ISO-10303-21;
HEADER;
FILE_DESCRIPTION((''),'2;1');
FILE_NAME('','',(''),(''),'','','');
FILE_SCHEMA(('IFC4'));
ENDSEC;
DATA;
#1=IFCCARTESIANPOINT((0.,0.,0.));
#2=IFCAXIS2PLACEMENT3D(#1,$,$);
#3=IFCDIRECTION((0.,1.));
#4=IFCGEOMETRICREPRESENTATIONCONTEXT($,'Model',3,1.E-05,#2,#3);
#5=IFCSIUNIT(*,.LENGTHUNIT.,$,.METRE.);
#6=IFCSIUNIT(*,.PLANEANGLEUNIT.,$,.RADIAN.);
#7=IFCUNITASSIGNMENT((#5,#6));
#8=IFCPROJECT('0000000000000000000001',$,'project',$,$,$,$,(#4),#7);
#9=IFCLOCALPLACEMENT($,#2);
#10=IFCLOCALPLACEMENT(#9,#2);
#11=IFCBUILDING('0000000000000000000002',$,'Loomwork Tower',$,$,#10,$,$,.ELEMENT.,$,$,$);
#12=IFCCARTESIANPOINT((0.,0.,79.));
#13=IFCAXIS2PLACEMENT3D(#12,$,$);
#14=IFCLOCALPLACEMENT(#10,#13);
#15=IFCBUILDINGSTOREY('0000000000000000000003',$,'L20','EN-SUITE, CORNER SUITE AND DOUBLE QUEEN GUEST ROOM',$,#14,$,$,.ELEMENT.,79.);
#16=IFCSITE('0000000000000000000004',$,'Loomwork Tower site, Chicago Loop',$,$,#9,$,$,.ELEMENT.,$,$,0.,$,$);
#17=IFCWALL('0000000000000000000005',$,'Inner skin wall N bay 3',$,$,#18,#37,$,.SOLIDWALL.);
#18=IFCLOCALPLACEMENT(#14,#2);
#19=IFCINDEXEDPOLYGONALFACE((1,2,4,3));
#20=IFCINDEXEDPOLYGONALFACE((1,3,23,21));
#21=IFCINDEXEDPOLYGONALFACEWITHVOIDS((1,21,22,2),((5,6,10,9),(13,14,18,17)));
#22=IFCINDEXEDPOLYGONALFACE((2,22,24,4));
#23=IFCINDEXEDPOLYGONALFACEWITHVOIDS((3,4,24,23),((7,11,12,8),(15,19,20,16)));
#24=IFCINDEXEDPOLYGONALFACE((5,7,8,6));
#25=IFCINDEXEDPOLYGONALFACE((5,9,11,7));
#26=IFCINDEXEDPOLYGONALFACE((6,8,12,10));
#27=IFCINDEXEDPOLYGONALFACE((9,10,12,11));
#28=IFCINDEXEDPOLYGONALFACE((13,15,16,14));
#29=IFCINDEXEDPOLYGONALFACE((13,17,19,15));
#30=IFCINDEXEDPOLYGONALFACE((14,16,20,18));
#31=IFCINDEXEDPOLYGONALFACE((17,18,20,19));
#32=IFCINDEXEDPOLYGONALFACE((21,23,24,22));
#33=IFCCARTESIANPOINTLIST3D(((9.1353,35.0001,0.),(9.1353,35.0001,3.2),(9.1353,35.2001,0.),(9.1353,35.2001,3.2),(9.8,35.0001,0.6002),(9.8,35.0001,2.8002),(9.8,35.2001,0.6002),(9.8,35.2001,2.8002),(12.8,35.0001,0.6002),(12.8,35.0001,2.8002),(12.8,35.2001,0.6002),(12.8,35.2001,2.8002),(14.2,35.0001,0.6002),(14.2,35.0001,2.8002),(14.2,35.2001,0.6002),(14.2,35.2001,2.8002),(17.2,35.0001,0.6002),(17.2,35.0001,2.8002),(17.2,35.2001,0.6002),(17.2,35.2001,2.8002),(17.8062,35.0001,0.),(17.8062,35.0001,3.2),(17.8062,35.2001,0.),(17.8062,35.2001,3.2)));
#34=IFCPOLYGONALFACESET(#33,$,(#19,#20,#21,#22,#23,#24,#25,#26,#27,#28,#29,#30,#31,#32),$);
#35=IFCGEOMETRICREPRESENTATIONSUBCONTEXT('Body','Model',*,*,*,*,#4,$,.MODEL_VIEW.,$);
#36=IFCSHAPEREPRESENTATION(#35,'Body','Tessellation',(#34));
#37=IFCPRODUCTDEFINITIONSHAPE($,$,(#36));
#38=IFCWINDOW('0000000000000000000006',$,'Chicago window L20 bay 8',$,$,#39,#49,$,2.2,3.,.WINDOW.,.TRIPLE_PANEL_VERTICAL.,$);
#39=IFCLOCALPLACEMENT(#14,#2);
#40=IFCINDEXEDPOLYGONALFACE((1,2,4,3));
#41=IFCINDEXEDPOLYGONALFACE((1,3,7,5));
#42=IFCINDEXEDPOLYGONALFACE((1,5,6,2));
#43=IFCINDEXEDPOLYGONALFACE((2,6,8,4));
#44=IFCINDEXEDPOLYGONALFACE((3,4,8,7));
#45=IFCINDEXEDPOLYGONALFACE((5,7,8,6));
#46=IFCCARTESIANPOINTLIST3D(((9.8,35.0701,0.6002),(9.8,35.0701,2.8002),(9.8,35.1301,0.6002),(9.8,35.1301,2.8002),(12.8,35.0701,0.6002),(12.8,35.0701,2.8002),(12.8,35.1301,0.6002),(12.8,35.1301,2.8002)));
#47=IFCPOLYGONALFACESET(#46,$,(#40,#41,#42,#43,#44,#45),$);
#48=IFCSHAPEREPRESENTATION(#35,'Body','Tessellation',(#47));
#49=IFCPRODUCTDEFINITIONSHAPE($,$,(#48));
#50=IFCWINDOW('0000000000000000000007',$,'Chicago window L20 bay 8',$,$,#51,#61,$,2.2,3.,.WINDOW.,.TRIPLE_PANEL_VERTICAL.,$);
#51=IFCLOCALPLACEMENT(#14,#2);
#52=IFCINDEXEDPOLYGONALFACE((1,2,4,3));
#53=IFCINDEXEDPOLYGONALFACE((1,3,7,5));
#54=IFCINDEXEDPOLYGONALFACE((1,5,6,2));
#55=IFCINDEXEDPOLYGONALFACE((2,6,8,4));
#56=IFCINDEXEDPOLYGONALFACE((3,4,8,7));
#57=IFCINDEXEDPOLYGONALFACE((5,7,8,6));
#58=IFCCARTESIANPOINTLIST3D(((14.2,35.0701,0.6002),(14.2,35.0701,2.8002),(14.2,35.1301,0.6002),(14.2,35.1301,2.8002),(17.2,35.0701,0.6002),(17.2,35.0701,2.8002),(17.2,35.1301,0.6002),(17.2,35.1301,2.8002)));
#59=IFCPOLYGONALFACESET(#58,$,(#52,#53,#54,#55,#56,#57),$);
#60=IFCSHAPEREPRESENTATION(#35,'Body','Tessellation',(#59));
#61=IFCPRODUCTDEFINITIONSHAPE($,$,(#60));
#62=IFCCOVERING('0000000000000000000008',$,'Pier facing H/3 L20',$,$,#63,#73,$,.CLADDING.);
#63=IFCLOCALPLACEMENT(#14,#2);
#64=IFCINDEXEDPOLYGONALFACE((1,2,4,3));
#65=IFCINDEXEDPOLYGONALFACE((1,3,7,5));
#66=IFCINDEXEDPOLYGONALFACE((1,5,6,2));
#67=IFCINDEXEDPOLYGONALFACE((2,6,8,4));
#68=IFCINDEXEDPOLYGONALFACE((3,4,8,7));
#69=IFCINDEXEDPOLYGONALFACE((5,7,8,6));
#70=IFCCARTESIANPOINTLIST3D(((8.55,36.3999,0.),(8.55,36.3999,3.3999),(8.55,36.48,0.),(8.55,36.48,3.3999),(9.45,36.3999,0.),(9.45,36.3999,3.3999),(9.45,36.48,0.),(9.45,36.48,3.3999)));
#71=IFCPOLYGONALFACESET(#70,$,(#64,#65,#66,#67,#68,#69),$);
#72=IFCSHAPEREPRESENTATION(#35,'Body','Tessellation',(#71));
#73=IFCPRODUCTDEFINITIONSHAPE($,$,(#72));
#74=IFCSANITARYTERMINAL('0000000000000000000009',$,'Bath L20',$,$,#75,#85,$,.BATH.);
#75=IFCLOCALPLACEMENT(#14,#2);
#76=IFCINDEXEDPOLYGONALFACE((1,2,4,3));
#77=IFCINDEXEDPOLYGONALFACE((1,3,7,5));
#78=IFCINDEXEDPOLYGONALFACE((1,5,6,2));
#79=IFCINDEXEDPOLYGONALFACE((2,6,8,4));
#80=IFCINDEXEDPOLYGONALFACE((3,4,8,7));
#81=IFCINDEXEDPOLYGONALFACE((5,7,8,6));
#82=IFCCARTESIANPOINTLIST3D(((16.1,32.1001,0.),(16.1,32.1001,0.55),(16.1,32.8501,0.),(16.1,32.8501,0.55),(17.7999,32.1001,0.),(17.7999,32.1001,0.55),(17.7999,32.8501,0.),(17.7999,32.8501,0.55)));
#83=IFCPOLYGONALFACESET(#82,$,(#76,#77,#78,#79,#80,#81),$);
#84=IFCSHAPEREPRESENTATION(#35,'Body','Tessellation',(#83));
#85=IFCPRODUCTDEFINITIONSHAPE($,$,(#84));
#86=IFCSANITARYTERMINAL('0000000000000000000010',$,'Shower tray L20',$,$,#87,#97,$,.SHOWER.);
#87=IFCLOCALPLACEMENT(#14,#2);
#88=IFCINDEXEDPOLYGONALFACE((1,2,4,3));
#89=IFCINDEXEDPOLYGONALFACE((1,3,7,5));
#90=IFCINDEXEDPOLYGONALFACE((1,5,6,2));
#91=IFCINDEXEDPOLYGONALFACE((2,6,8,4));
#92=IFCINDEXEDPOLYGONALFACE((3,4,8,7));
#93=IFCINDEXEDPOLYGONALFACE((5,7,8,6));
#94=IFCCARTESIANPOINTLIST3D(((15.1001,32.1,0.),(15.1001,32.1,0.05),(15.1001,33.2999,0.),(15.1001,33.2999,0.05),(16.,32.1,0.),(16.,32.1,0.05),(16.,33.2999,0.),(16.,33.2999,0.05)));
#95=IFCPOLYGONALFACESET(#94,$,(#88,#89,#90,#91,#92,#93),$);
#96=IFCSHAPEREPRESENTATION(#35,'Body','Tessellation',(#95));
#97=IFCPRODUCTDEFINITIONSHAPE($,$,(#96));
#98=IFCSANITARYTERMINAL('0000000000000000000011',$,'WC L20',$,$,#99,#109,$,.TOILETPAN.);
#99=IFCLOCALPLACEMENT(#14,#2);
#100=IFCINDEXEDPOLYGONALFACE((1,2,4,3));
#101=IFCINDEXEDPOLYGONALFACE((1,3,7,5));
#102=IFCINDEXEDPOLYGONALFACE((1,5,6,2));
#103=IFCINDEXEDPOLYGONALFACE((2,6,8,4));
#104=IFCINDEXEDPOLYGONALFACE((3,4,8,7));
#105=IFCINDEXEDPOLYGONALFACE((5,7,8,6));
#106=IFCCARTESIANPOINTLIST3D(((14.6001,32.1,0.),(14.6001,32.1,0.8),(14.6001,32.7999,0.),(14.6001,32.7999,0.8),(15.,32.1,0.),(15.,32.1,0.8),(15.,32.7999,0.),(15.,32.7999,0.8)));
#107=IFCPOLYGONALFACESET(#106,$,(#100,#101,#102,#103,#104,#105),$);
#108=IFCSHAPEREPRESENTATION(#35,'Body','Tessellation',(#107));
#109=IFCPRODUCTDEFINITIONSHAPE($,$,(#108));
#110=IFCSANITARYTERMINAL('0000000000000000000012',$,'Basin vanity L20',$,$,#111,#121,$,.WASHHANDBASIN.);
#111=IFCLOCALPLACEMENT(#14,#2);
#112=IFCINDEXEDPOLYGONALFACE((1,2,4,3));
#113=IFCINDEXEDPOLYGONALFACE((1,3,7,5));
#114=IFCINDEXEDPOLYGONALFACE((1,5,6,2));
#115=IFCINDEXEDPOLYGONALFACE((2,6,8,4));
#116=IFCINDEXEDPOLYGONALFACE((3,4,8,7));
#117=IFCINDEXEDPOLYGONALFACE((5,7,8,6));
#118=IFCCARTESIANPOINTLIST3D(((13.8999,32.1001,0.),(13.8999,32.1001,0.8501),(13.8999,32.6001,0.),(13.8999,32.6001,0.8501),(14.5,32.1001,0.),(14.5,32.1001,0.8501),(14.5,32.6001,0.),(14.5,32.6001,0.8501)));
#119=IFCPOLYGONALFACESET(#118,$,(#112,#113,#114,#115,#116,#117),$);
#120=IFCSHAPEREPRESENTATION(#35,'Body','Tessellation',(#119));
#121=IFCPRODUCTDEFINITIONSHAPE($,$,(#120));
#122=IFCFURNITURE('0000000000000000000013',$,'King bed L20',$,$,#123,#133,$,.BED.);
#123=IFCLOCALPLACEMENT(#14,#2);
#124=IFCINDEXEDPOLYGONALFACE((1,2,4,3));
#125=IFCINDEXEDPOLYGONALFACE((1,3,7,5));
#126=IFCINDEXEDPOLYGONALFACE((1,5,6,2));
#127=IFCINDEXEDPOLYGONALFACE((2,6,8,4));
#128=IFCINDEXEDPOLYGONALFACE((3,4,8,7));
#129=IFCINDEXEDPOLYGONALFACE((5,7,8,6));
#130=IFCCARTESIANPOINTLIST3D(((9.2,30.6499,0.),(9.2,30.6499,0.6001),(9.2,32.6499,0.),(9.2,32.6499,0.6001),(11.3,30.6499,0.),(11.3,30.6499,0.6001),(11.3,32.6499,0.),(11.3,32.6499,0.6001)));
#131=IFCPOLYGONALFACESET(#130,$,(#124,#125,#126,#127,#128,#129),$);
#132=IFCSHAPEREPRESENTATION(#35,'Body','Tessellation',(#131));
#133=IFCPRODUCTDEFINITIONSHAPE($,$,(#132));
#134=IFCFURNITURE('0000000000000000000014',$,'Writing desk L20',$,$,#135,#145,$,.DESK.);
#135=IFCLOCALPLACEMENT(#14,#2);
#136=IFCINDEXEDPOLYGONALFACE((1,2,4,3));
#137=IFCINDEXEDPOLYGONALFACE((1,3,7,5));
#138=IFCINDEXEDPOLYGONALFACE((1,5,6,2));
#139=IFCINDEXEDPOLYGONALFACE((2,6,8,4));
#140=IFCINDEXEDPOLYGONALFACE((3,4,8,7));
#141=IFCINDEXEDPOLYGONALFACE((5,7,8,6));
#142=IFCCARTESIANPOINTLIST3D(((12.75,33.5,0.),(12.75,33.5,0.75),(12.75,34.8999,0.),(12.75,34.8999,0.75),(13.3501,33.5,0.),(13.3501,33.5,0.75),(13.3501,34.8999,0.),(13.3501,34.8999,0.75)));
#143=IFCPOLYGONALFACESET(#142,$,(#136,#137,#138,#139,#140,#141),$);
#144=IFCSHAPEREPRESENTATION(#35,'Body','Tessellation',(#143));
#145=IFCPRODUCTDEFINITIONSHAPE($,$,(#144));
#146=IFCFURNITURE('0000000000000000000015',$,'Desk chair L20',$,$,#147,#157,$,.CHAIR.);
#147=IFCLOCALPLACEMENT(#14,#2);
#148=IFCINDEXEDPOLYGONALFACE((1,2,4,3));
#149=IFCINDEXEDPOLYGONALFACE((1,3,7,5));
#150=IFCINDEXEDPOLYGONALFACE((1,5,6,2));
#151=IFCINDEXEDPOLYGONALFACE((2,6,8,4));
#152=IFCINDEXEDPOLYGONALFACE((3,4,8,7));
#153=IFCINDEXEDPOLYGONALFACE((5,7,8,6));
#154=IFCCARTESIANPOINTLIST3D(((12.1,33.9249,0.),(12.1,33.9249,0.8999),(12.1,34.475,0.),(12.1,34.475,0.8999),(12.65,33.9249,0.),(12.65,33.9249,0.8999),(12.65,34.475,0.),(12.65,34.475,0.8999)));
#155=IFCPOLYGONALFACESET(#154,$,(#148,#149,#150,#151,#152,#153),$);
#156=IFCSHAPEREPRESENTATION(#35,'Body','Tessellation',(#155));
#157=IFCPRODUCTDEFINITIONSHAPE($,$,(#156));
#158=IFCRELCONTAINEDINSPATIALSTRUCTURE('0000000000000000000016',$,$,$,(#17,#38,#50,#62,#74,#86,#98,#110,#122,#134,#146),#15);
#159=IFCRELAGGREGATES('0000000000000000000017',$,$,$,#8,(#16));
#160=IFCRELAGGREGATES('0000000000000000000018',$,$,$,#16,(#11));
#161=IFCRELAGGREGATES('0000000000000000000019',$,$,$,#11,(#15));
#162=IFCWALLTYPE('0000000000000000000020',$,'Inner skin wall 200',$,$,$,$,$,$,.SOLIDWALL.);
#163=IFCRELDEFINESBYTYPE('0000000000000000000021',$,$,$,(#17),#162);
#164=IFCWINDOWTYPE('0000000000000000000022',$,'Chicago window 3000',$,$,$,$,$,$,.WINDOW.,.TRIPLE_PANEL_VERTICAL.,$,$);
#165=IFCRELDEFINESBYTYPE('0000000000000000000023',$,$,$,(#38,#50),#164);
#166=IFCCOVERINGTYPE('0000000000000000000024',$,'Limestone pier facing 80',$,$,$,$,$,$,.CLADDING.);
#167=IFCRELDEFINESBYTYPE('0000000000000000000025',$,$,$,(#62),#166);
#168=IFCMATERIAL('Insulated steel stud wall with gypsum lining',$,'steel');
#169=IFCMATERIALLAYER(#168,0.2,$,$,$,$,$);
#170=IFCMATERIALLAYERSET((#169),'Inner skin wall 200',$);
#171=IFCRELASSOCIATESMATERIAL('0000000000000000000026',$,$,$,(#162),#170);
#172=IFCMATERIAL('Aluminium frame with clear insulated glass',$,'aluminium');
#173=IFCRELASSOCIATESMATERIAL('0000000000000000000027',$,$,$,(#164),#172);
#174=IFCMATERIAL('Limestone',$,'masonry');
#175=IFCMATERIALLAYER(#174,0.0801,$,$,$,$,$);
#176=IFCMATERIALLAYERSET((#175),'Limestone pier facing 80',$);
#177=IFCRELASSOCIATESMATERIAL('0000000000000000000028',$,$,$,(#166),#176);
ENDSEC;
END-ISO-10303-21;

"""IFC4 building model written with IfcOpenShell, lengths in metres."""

from ifc_helpers import new_model, si_unit, direction, frame, frame_2d, origin, origin_2d, place, context, subcontext, project, spatial, rectangle, extrude, material, layer, layer_set, type_object, element, fill, save


model = new_model("IFC4")

# Units and contexts
model_context = context("Model", 3, precision=1e-05, world=origin(), true_north=direction((0.0, 1.0)))
body_context = subcontext(model_context, "Body", "Model", "MODEL_VIEW")
ifc_project = project(units=[si_unit("LENGTHUNIT", "METRE"), si_unit("PLANEANGLEUNIT", "RADIAN")], contexts=[model_context])

# Site, building, storey
site_placement = place(None, origin())
site = spatial("IfcSite", under=ifc_project, at=site_placement, Name="Loomwork Tower site, Chicago Loop", CompositionType="ELEMENT", RefElevation=0.0)
building_placement = place(site_placement, origin())
building = spatial("IfcBuilding", under=site, at=building_placement, Name="Loomwork Tower", CompositionType="ELEMENT")
storey_placement = place(building_placement, frame((0.0, 0.0, 79.0)))
storey = spatial("IfcBuildingStorey", under=building, at=storey_placement, Name="L20", Description="EN-SUITE, CORNER SUITE AND DOUBLE QUEEN GUEST ROOM", CompositionType="ELEMENT", Elevation=79.0)

# Wall, openings, windows
ifc_material_1 = material(Name="Insulated steel stud wall with gypsum lining", Category="steel")
ifc_layer_1 = layer(ifc_material_1, 0.2)
ifc_layer_set_1 = layer_set([ifc_layer_1], Name="Inner skin wall 200")
wall_type_1 = type_object("IfcWallType", Name="Inner skin wall 200", PredefinedType="SOLIDWALL", material=ifc_layer_set_1)
wall_1_placement = place(storey_placement, frame((9.1353, 35.1001, 0.0), z_axis=(0.0, 0.0, 1.0), x_axis=(1.0, 0.0, 0.0)))
wall_1 = element("IfcWall", 1, at=wall_1_placement, inside=storey, type_object=wall_type_1, Name="Inner skin wall N bay 3", PredefinedType="SOLIDWALL", context=body_context, shape_type="SweptSolid", body=[
    extrude(rectangle(XDim=8.6709, YDim=0.2, at=frame_2d((4.3354, 0.0))), origin(), (0.0, 0.0, 1.0), 3.2),
])
opening_1_placement = place(wall_1_placement, frame((0.6648, 0.0, 0.6001)))
opening_1 = element("IfcOpeningElement", 2, at=opening_1_placement, cuts=wall_1, PredefinedType="OPENING", context=body_context, shape_type="SweptSolid", body=[
    extrude(rectangle(XDim=3.0, YDim=2.2, at=frame_2d((1.5, 1.1001))), frame((0.0, 0.1099, 0.0), z_axis=(0.0, -1.0, 0.0), x_axis=(1.0, 0.0, 0.0)), (0.0, 0.0, 1.0), 0.22),
])
opening_2_placement = place(wall_1_placement, frame((5.0647, 0.0, 0.6001)))
opening_2 = element("IfcOpeningElement", 3, at=opening_2_placement, cuts=wall_1, PredefinedType="OPENING", context=body_context, shape_type="SweptSolid", body=[
    extrude(rectangle(XDim=3.0, YDim=2.2, at=frame_2d((1.5, 1.1001))), frame((0.0, 0.1099, 0.0), z_axis=(0.0, -1.0, 0.0), x_axis=(1.0, 0.0, 0.0)), (0.0, 0.0, 1.0), 0.22),
])
ifc_material_2 = material(Name="Aluminium frame with clear insulated glass", Category="aluminium")
window_type = type_object("IfcWindowType", Name="Chicago window 3000", PartitioningType="TRIPLE_PANEL_VERTICAL", PredefinedType="WINDOW", material=ifc_material_2)
window_1_placement = place(opening_1_placement, origin())
window_1 = element("IfcWindow", 4, at=window_1_placement, inside=storey, type_object=window_type, Name="Chicago window L20 bay 8", OverallHeight=2.2, OverallWidth=3.0, PartitioningType="TRIPLE_PANEL_VERTICAL", PredefinedType="WINDOW", context=body_context, shape_type="SweptSolid", body=[
    extrude(rectangle(XDim=3.0, YDim=2.2, at=frame_2d((1.5, 1.1001))), frame((0.0, 0.03, 0.0), z_axis=(0.0, -1.0, 0.0), x_axis=(1.0, 0.0, 0.0)), (0.0, 0.0, 1.0), 0.0601),
])
fill(opening_1, window_1)
window_2_placement = place(opening_2_placement, origin())
window_2 = element("IfcWindow", 5, at=window_2_placement, inside=storey, type_object=window_type, Name="Chicago window L20 bay 8", OverallHeight=2.2, OverallWidth=3.0, PartitioningType="TRIPLE_PANEL_VERTICAL", PredefinedType="WINDOW", context=body_context, shape_type="SweptSolid", body=[
    extrude(rectangle(XDim=3.0, YDim=2.2, at=frame_2d((1.5, 1.1001))), frame((0.0, 0.03, 0.0), z_axis=(0.0, -1.0, 0.0), x_axis=(1.0, 0.0, 0.0)), (0.0, 0.0, 1.0), 0.0601),
])
fill(opening_2, window_2)

# Covering
ifc_material_3 = material(Name="Limestone", Category="masonry")
ifc_layer_2 = layer(ifc_material_3, 0.0801)
ifc_layer_set_2 = layer_set([ifc_layer_2], Name="Limestone pier facing 80")
covering_type = type_object("IfcCoveringType", Name="Limestone pier facing 80", PredefinedType="CLADDING", material=ifc_layer_set_2)
covering_placement = place(storey_placement, frame((9.0, 36.4399, 0.0), z_axis=(0.0, 0.0, 1.0), x_axis=(1.0, 0.0, 0.0)))
element("IfcCovering", 6, at=covering_placement, inside=storey, type_object=covering_type, Name="Pier facing H/3 L20", PredefinedType="CLADDING", context=body_context, shape_type="SweptSolid", body=[
    extrude(rectangle(XDim=0.8999, YDim=0.0801, at=origin_2d()), origin(), (0.0, 0.0, 1.0), 3.3999),
])

# Sanitary terminals
sanitary_terminal_1_placement = place(storey_placement, frame((16.95, 32.4751, 0.0), z_axis=(0.0, 0.0, 1.0), x_axis=(1.0, 0.0, 0.0)))
element("IfcSanitaryTerminal", 7, at=sanitary_terminal_1_placement, inside=storey, Name="Bath L20", PredefinedType="BATH", context=body_context, shape_type="SweptSolid", body=[
    extrude(rectangle(XDim=1.7, YDim=0.75, at=origin_2d()), origin(), (0.0, 0.0, 1.0), 0.55),
])
sanitary_terminal_2_placement = place(storey_placement, frame((15.55, 32.7, 0.0), z_axis=(0.0, 0.0, 1.0), x_axis=(1.0, 0.0, 0.0)))
element("IfcSanitaryTerminal", 8, at=sanitary_terminal_2_placement, inside=storey, Name="Shower tray L20", PredefinedType="SHOWER", context=body_context, shape_type="SweptSolid", body=[
    extrude(rectangle(XDim=0.8999, YDim=1.2, at=origin_2d()), origin(), (0.0, 0.0, 1.0), 0.05),
])
sanitary_terminal_3_placement = place(storey_placement, frame((14.8, 32.45, 0.0), z_axis=(0.0, 0.0, 1.0), x_axis=(1.0, 0.0, 0.0)))
element("IfcSanitaryTerminal", 9, at=sanitary_terminal_3_placement, inside=storey, Name="WC L20", PredefinedType="TOILETPAN", context=body_context, shape_type="SweptSolid", body=[
    extrude(rectangle(XDim=0.3999, YDim=0.7, at=origin_2d()), origin(), (0.0, 0.0, 1.0), 0.8),
])
sanitary_terminal_4_placement = place(storey_placement, frame((14.2, 32.3501, 0.0), z_axis=(0.0, 0.0, 1.0), x_axis=(1.0, 0.0, 0.0)))
element("IfcSanitaryTerminal", 10, at=sanitary_terminal_4_placement, inside=storey, Name="Basin vanity L20", PredefinedType="WASHHANDBASIN", context=body_context, shape_type="SweptSolid", body=[
    extrude(rectangle(XDim=0.6001, YDim=0.5, at=origin_2d()), origin(), (0.0, 0.0, 1.0), 0.8501),
])

# Furniture
furniture_1_placement = place(storey_placement, frame((10.25, 31.6499, 0.0), z_axis=(0.0, 0.0, 1.0), x_axis=(1.0, 0.0, 0.0)))
element("IfcFurniture", 11, at=furniture_1_placement, inside=storey, Name="King bed L20", PredefinedType="BED", context=body_context, shape_type="SweptSolid", body=[
    extrude(rectangle(XDim=2.1001, YDim=2.0, at=origin_2d()), origin(), (0.0, 0.0, 1.0), 0.6001),
])
furniture_2_placement = place(storey_placement, frame((13.05, 34.2, 0.0), z_axis=(0.0, 0.0, 1.0), x_axis=(1.0, 0.0, 0.0)))
element("IfcFurniture", 12, at=furniture_2_placement, inside=storey, Name="Writing desk L20", PredefinedType="DESK", context=body_context, shape_type="SweptSolid", body=[
    extrude(rectangle(XDim=0.6001, YDim=1.3999, at=origin_2d()), origin(), (0.0, 0.0, 1.0), 0.75),
])
furniture_3_placement = place(storey_placement, frame((12.375, 34.2, 0.0), z_axis=(0.0, 0.0, 1.0), x_axis=(1.0, 0.0, 0.0)))
element("IfcFurniture", 13, at=furniture_3_placement, inside=storey, Name="Desk chair L20", PredefinedType="CHAIR", context=body_context, shape_type="SweptSolid", body=[
    extrude(rectangle(XDim=0.55, YDim=0.55, at=origin_2d()), origin(), (0.0, 0.0, 1.0), 0.8999),
])

save(model, "model.ifc")
